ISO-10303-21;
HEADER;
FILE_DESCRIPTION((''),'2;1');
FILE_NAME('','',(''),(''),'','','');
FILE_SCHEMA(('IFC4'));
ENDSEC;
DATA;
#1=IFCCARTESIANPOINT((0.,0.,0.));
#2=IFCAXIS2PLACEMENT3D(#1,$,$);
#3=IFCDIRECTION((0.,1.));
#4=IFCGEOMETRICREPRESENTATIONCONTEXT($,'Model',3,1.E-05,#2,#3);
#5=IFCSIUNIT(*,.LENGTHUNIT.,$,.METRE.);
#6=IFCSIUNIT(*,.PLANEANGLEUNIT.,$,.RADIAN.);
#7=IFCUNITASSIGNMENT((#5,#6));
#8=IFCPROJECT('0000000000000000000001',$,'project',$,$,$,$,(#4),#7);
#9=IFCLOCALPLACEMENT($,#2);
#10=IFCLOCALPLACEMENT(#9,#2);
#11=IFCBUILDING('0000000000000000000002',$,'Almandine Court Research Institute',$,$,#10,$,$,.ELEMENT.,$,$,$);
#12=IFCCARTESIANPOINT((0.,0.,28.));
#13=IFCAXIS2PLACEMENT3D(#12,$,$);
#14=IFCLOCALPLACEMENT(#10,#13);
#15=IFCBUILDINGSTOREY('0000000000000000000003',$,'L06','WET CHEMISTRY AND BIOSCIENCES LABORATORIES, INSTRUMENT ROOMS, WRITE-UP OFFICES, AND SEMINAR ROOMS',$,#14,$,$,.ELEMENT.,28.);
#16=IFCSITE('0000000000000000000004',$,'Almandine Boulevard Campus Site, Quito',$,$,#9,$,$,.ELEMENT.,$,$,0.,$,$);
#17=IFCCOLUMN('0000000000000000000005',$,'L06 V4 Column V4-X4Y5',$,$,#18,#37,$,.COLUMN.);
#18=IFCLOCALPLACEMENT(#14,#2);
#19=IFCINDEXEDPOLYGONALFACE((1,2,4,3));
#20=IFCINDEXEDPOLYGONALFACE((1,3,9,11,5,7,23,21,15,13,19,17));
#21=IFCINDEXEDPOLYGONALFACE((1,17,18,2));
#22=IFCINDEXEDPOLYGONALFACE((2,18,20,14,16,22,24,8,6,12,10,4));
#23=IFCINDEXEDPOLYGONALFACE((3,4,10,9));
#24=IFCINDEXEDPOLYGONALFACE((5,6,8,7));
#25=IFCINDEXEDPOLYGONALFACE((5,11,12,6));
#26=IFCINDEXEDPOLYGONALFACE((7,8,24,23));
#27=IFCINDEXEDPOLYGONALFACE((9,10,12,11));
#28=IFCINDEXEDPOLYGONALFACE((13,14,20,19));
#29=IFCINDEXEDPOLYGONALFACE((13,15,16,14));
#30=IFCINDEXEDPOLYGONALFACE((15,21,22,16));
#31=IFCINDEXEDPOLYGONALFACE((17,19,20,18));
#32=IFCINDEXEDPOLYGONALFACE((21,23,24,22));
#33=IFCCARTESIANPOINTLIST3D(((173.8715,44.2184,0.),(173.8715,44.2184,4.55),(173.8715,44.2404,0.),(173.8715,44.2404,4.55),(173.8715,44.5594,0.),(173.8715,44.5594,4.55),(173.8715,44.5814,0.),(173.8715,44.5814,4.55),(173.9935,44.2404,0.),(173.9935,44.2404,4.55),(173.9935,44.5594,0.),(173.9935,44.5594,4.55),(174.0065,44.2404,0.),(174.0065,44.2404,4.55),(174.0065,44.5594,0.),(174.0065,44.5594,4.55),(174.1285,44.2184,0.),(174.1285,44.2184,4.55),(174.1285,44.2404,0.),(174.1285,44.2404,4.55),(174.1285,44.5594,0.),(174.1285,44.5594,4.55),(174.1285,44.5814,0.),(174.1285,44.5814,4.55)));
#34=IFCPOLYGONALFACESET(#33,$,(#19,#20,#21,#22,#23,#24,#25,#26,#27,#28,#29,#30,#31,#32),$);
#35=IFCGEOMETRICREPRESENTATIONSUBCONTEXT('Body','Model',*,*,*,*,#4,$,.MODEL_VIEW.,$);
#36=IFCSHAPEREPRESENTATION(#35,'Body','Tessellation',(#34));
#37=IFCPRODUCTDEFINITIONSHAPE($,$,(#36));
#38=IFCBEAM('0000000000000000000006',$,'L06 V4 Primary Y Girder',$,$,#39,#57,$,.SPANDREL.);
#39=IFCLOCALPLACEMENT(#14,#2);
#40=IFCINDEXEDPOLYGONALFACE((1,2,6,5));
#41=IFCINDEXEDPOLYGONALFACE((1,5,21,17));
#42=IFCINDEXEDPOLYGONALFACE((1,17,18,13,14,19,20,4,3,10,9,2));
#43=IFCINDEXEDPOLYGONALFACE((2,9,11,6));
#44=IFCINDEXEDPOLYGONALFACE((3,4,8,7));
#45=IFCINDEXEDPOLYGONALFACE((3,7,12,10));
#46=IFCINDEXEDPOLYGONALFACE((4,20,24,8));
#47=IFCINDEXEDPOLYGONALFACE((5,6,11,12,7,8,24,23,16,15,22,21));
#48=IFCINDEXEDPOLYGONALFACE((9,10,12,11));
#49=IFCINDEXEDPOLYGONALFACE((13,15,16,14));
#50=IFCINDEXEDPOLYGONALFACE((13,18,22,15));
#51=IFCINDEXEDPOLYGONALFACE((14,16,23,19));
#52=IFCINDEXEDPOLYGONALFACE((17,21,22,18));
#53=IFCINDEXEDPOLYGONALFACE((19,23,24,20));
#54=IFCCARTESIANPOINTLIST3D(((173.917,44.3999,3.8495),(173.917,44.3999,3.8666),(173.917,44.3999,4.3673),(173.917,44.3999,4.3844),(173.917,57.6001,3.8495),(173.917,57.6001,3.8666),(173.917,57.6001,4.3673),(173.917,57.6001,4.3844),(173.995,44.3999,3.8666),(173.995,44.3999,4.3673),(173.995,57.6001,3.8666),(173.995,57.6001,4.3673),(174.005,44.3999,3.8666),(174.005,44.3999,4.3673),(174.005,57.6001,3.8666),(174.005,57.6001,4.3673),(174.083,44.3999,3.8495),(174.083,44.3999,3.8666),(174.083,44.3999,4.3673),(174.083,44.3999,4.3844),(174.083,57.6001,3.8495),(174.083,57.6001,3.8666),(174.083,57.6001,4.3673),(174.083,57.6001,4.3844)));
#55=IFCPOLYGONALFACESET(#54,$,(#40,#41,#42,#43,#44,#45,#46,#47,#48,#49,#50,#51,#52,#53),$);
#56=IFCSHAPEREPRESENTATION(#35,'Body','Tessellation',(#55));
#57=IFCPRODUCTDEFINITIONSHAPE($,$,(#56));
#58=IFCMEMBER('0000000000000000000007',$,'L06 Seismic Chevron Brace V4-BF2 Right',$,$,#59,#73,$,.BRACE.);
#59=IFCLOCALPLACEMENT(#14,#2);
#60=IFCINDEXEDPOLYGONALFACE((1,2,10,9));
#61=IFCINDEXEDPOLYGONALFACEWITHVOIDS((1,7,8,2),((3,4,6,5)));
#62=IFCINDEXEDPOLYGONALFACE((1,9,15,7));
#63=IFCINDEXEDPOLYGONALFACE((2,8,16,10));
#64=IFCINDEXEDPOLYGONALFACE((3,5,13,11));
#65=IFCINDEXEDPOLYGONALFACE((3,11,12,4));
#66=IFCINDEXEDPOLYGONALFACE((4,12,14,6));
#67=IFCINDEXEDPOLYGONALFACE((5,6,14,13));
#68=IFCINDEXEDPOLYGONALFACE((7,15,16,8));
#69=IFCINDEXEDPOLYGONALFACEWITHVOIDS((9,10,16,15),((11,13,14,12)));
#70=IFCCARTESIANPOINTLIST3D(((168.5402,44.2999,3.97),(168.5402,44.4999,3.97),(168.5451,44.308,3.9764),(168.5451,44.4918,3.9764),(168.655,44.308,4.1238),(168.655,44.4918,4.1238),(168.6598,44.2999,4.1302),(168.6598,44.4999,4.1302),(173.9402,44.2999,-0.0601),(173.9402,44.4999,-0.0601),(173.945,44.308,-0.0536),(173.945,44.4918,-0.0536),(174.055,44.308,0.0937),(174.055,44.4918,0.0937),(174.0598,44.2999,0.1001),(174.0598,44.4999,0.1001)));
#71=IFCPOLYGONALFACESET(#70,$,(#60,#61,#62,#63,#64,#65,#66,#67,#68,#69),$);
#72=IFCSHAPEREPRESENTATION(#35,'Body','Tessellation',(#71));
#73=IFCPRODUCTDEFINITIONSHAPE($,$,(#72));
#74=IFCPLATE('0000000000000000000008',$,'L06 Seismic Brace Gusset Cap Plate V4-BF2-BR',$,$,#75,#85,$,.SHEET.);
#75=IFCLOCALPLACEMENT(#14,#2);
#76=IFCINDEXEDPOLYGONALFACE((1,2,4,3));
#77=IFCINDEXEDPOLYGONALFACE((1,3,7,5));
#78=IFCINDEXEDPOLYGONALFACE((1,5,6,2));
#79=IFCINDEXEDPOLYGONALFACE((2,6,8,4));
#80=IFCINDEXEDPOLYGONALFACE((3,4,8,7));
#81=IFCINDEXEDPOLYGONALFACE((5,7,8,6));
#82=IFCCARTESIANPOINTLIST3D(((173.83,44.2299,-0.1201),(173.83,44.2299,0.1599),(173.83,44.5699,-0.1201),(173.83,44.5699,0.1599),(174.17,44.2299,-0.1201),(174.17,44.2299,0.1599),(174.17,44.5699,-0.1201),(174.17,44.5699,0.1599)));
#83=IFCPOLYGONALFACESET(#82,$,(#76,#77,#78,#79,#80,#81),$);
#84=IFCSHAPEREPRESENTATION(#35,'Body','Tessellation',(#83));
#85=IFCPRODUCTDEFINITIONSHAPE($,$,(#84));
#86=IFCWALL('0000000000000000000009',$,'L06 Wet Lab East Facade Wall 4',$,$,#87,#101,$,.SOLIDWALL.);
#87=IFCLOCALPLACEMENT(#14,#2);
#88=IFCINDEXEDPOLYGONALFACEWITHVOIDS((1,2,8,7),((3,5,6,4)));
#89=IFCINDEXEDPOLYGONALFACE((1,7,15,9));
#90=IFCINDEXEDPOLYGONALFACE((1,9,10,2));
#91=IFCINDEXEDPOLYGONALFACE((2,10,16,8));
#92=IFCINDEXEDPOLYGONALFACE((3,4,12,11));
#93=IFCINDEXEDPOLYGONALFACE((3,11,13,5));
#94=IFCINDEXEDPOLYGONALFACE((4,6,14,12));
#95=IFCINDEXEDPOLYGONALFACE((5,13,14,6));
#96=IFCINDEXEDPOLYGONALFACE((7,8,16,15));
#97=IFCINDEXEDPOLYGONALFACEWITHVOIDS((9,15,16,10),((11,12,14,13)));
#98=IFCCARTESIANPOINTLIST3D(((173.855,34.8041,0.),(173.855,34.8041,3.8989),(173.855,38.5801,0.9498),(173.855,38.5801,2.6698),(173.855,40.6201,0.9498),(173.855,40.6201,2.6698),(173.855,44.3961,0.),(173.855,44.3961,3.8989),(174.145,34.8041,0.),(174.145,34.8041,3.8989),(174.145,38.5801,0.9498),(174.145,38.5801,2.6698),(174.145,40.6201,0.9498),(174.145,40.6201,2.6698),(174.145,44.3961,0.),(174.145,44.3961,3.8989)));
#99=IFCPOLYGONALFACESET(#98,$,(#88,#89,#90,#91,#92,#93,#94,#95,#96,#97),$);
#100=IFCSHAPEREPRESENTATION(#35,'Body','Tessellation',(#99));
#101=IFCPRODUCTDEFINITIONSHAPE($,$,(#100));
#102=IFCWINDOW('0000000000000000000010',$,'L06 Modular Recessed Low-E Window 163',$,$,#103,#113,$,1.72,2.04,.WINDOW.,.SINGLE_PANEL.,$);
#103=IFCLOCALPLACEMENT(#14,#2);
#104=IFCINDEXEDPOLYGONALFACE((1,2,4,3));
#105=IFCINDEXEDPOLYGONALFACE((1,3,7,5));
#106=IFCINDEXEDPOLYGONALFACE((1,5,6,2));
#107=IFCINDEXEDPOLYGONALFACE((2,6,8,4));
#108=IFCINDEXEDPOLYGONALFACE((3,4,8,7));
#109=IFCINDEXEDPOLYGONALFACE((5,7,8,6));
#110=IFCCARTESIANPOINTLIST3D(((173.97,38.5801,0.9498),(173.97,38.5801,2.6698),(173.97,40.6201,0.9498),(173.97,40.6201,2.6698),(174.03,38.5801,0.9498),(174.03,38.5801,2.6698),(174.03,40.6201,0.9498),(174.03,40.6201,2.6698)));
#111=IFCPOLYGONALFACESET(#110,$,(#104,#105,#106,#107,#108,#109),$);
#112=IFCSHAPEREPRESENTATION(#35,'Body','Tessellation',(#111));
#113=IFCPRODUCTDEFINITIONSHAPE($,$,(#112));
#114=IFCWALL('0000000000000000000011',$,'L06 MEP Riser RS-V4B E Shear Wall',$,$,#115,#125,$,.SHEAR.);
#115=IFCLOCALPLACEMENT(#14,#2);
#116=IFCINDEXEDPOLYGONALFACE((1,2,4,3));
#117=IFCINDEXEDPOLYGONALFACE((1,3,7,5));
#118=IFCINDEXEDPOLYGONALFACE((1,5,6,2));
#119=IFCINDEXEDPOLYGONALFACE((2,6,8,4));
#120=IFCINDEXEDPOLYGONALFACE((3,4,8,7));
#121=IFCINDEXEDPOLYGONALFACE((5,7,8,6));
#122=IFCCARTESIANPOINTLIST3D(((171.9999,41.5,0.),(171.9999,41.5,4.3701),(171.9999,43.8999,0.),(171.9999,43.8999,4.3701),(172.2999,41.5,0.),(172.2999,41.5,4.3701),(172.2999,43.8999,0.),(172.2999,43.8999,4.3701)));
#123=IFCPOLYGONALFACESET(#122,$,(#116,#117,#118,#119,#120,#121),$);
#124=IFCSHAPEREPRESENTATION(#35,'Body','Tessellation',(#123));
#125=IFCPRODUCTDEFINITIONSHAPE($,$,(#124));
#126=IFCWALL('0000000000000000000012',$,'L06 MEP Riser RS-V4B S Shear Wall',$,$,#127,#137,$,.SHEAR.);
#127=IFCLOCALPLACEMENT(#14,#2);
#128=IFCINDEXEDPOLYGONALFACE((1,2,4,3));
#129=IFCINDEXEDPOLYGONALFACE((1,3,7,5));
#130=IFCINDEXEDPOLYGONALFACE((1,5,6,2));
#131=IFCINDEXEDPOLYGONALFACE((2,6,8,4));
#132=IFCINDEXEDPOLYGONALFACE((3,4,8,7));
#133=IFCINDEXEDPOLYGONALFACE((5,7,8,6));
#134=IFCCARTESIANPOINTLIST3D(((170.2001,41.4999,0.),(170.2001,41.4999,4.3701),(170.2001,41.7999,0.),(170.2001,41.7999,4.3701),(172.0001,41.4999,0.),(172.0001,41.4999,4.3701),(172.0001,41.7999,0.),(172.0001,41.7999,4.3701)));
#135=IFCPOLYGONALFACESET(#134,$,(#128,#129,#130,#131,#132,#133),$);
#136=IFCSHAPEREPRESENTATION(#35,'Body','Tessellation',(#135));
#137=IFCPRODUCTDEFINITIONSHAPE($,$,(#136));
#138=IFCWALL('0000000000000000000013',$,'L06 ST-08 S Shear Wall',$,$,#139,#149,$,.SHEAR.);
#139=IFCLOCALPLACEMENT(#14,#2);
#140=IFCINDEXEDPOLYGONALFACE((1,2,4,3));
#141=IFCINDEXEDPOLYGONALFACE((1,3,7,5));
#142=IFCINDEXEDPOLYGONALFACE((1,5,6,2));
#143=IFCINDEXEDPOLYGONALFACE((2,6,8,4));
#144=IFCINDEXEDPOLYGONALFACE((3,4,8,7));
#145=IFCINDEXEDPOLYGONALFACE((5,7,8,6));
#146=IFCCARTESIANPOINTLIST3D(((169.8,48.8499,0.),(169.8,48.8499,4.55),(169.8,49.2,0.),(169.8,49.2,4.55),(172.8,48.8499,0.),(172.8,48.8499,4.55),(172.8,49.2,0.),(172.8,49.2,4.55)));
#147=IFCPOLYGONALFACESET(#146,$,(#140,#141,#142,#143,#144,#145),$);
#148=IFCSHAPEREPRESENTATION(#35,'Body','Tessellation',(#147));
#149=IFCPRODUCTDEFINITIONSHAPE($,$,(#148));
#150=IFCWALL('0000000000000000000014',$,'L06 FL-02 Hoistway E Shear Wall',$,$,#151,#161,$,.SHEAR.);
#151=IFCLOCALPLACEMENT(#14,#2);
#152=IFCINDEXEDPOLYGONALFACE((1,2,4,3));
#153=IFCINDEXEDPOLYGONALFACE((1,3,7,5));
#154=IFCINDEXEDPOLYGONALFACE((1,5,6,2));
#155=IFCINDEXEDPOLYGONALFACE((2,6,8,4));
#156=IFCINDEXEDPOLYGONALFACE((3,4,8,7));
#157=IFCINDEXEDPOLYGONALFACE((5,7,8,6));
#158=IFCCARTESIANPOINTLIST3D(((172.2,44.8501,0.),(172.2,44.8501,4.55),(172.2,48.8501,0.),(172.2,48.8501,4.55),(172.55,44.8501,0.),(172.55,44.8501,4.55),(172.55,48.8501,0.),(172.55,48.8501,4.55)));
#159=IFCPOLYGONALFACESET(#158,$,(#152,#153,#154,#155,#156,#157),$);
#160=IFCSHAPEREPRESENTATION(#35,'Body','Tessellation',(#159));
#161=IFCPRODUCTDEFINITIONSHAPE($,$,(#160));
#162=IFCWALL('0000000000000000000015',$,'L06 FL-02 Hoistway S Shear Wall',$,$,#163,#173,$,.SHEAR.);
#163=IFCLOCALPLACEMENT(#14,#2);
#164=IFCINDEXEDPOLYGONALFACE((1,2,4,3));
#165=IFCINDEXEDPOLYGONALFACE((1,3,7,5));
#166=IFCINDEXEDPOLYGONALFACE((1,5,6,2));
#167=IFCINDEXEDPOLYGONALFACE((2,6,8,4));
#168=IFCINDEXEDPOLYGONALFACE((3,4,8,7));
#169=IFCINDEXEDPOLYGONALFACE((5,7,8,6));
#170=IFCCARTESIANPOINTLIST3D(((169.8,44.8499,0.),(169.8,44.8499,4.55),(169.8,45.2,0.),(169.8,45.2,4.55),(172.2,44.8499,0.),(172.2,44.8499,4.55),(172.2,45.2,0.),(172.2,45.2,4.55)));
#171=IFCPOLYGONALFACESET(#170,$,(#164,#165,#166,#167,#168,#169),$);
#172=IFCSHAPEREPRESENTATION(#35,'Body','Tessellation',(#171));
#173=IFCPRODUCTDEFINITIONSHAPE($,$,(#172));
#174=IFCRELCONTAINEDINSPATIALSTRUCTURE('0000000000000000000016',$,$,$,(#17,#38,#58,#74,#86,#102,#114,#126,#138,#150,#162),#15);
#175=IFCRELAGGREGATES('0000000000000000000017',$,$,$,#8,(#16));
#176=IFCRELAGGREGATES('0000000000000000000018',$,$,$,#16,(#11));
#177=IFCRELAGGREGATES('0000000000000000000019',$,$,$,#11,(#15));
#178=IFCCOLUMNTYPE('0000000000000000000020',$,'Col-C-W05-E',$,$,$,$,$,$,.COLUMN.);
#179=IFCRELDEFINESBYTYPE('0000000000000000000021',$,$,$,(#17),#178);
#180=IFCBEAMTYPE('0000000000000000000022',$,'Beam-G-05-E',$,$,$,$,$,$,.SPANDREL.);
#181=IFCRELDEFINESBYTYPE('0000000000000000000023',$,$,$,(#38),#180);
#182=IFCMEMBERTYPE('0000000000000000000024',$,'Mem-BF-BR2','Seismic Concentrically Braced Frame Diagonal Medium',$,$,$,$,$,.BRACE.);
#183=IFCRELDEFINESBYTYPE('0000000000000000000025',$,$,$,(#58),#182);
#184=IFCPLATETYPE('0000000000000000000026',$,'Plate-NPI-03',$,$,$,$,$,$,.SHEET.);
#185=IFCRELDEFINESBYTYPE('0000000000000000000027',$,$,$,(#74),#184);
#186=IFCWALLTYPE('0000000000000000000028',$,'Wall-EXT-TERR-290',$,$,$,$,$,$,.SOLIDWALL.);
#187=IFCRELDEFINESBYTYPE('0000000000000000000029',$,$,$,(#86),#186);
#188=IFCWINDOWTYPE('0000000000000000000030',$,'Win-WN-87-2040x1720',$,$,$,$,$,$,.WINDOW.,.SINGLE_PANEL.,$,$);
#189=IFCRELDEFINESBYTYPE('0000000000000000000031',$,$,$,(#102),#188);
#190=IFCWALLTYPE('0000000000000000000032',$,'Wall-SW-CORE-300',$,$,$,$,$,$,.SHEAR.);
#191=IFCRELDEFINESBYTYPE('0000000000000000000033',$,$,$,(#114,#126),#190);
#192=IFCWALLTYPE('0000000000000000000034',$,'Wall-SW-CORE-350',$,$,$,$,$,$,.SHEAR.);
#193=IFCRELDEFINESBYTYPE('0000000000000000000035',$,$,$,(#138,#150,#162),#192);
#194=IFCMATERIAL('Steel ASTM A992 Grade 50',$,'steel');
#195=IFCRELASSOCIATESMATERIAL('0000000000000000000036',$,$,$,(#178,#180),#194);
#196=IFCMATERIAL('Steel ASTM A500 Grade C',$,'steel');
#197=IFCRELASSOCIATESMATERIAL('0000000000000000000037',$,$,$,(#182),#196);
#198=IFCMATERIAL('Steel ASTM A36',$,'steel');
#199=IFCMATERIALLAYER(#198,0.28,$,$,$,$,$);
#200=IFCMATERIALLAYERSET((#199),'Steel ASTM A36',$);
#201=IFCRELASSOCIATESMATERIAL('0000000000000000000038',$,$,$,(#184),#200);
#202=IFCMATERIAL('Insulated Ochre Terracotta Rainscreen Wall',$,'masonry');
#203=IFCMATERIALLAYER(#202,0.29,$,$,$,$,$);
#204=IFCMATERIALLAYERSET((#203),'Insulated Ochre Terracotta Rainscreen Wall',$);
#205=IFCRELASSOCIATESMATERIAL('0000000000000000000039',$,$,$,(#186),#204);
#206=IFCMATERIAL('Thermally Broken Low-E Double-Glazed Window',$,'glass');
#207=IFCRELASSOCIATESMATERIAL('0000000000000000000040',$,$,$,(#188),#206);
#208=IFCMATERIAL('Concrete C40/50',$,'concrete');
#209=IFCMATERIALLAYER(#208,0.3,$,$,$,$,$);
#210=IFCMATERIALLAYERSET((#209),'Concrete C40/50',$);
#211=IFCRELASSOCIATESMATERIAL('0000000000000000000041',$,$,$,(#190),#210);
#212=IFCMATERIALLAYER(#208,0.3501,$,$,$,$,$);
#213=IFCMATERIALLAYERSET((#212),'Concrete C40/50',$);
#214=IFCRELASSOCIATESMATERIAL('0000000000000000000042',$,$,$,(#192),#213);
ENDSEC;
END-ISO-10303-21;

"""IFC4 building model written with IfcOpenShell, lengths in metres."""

from ifc_helpers import new_model, si_unit, direction, frame, frame_2d, origin, origin_2d, place, context, subcontext, project, spatial, rectangle, hollow_rectangle, i_section, extrude, material, layer, layer_set, material_profile, profile_set, type_object, element, fill, save


model = new_model("IFC4")

# Units and contexts
model_context = context("Model", 3, precision=1e-05, world=origin(), true_north=direction((0.0, 1.0)))
body_context = subcontext(model_context, "Body", "Model", "MODEL_VIEW")
ifc_project = project(units=[si_unit("LENGTHUNIT", "METRE"), si_unit("PLANEANGLEUNIT", "RADIAN")], contexts=[model_context])

# Site, building, storey
site_placement = place(None, origin())
site = spatial("IfcSite", under=ifc_project, at=site_placement, Name="Almandine Boulevard Campus Site, Quito", CompositionType="ELEMENT", RefElevation=0.0)
building_placement = place(site_placement, origin())
building = spatial("IfcBuilding", under=site, at=building_placement, Name="Almandine Court Research Institute", CompositionType="ELEMENT")
storey_placement = place(building_placement, frame((0.0, 0.0, 28.0)))
storey = spatial("IfcBuildingStorey", under=building, at=storey_placement, Name="L06", Description="WET CHEMISTRY AND BIOSCIENCES LABORATORIES, INSTRUMENT ROOMS, WRITE-UP OFFICES, AND SEMINAR ROOMS", CompositionType="ELEMENT", Elevation=28.0)

# Column
ifc_material_1 = material(Name="Steel ASTM A992 Grade 50", Category="steel")
ifc_material_profile_1 = material_profile(ifc_material_1, i_section(OverallWidth=0.2571, OverallDepth=0.363, WebThickness=0.0129, FlangeThickness=0.022, at=origin_2d()), Name="W360x122")
ifc_profile_set_1 = profile_set([ifc_material_profile_1], Name="Steel ASTM A992 Grade 50")
column_type = type_object("IfcColumnType", Name="Col-C-W05-E", PredefinedType="COLUMN", material=ifc_profile_set_1)
column_placement = place(storey_placement, frame((174.0, 44.3999, 0.0), z_axis=(0.0, 0.0, 1.0), x_axis=(1.0, 0.0, 0.0)))
element("IfcColumn", 1, at=column_placement, inside=storey, type_object=column_type, Name="L06 V4 Column V4-X4Y5", PredefinedType="COLUMN", context=body_context, shape_type="SweptSolid", body=[
    extrude(i_section(OverallWidth=0.2571, OverallDepth=0.363, WebThickness=0.0129, FlangeThickness=0.022, at=origin_2d()), origin(), (0.0, 0.0, 1.0), 4.55),
])

# Beam
ifc_material_profile_2 = material_profile(ifc_material_1, i_section(OverallWidth=0.166, OverallDepth=0.5349, WebThickness=0.01, FlangeThickness=0.0171, at=origin_2d()), Name="W530x85")
ifc_profile_set_2 = profile_set([ifc_material_profile_2], Name="Steel ASTM A992 Grade 50")
beam_type = type_object("IfcBeamType", Name="Beam-G-05-E", PredefinedType="SPANDREL", material=ifc_profile_set_2)
beam_placement = place(storey_placement, frame((174.0, 44.3999, 4.1169), z_axis=(0.0, 1.0, 0.0), x_axis=(-1.0, 0.0, 0.0)))
element("IfcBeam", 2, at=beam_placement, inside=storey, type_object=beam_type, Name="L06 V4 Primary Y Girder", PredefinedType="SPANDREL", context=body_context, shape_type="SweptSolid", body=[
    extrude(i_section(OverallWidth=0.166, OverallDepth=0.5349, WebThickness=0.01, FlangeThickness=0.0171, at=origin_2d()), origin(), (0.0, 0.0, 1.0), 13.2002),
])

# Member
ifc_material_2 = material(Name="Steel ASTM A500 Grade C", Category="steel")
ifc_material_profile_3 = material_profile(ifc_material_2, hollow_rectangle(XDim=0.2, YDim=0.2, WallThickness=0.0081, at=origin_2d()), Name="HSS 200x200x8")
ifc_profile_set_3 = profile_set([ifc_material_profile_3], Name="Steel ASTM A500 Grade C")
member_type = type_object("IfcMemberType", Name="Mem-BF-BR2", Description="Seismic Concentrically Braced Frame Diagonal Medium", PredefinedType="BRACE", material=ifc_profile_set_3)
member_placement = place(storey_placement, frame((174.0, 44.3999, 0.02), z_axis=(-0.801415, 0.0, 0.598108), x_axis=(0.0, -1.0, 0.0)))
element("IfcMember", 3, at=member_placement, inside=storey, type_object=member_type, Name="L06 Seismic Chevron Brace V4-BF2 Right", PredefinedType="BRACE", context=body_context, shape_type="SweptSolid", body=[
    extrude(hollow_rectangle(XDim=0.2, YDim=0.2, WallThickness=0.0081, at=origin_2d()), origin(), (0.0, 0.0, 1.0), 6.738),
])

# Plate
ifc_material_3 = material(Name="Steel ASTM A36", Category="steel")
ifc_layer_1 = layer(ifc_material_3, 0.28)
ifc_layer_set_1 = layer_set([ifc_layer_1], Name="Steel ASTM A36")
plate_type = type_object("IfcPlateType", Name="Plate-NPI-03", PredefinedType="SHEET", material=ifc_layer_set_1)
plate_placement = place(storey_placement, frame((174.0, 44.3999, -0.1201), z_axis=(0.0, 0.0, 1.0), x_axis=(1.0, 0.0, 0.0)))
element("IfcPlate", 4, at=plate_placement, inside=storey, type_object=plate_type, Name="L06 Seismic Brace Gusset Cap Plate V4-BF2-BR", PredefinedType="SHEET", context=body_context, shape_type="SweptSolid", body=[
    extrude(rectangle(XDim=0.3401, YDim=0.3401, at=origin_2d()), origin(), (0.0, 0.0, 1.0), 0.28),
])

# Wall, opening, window
ifc_material_4 = material(Name="Insulated Ochre Terracotta Rainscreen Wall", Category="masonry")
ifc_layer_2 = layer(ifc_material_4, 0.29)
ifc_layer_set_2 = layer_set([ifc_layer_2], Name="Insulated Ochre Terracotta Rainscreen Wall")
wall_type_1 = type_object("IfcWallType", Name="Wall-EXT-TERR-290", PredefinedType="SOLIDWALL", material=ifc_layer_set_2)
wall_1_placement = place(storey_placement, frame((174.0, 44.396, 0.0), z_axis=(0.0, 0.0, 1.0), x_axis=(0.0, -1.0, 0.0)))
wall_1 = element("IfcWall", 5, at=wall_1_placement, inside=storey, type_object=wall_type_1, Name="L06 Wet Lab East Facade Wall 4", PredefinedType="SOLIDWALL", context=body_context, shape_type="SweptSolid", body=[
    extrude(rectangle(XDim=9.592, YDim=0.29, at=frame_2d((4.7959, 0.0))), origin(), (0.0, 0.0, 1.0), 3.8989),
])
opening_placement = place(wall_1_placement, frame((3.7759, 0.0, 0.95)))
opening = element("IfcOpeningElement", 6, at=opening_placement, cuts=wall_1, PredefinedType="OPENING", context=body_context, shape_type="SweptSolid", body=[
    extrude(rectangle(XDim=2.04, YDim=1.72, at=frame_2d((1.02, 0.8599))), frame((0.0, 0.155, 0.0), z_axis=(0.0, -1.0, 0.0), x_axis=(1.0, 0.0, 0.0)), (0.0, 0.0, 1.0), 0.3101),
])
ifc_material_5 = material(Name="Thermally Broken Low-E Double-Glazed Window", Category="glass")
window_type = type_object("IfcWindowType", Name="Win-WN-87-2040x1720", PartitioningType="SINGLE_PANEL", PredefinedType="WINDOW", material=ifc_material_5)
window_placement = place(opening_placement, origin())
window = element("IfcWindow", 7, at=window_placement, inside=storey, type_object=window_type, Name="L06 Modular Recessed Low-E Window 163", OverallHeight=1.72, OverallWidth=2.04, PartitioningType="SINGLE_PANEL", PredefinedType="WINDOW", context=body_context, shape_type="SweptSolid", body=[
    extrude(rectangle(XDim=2.04, YDim=1.72, at=frame_2d((1.02, 0.8599))), frame((0.0, 0.03, 0.0), z_axis=(0.0, -1.0, 0.0), x_axis=(1.0, 0.0, 0.0)), (0.0, 0.0, 1.0), 0.0601),
])
fill(opening, window)

# Walls
ifc_material_6 = material(Name="Concrete C40/50", Category="concrete")
ifc_layer_3 = layer(ifc_material_6, 0.3)
ifc_layer_set_3 = layer_set([ifc_layer_3], Name="Concrete C40/50")
wall_type_2 = type_object("IfcWallType", Name="Wall-SW-CORE-300", PredefinedType="SHEAR", material=ifc_layer_set_3)
wall_2_placement = place(storey_placement, frame((172.1499, 43.8999, 0.0), z_axis=(0.0, 0.0, 1.0), x_axis=(0.0, -1.0, 0.0)))
element("IfcWall", 8, at=wall_2_placement, inside=storey, type_object=wall_type_2, Name="L06 MEP Riser RS-V4B E Shear Wall", PredefinedType="SHEAR", context=body_context, shape_type="SweptSolid", body=[
    extrude(rectangle(XDim=2.3999, YDim=0.3, at=frame_2d((1.2, 0.0))), origin(), (0.0, 0.0, 1.0), 4.3701),
])
wall_3_placement = place(storey_placement, frame((172.0, 41.6499, 0.0), z_axis=(0.0, 0.0, 1.0), x_axis=(-1.0, 0.0, 0.0)))
element("IfcWall", 9, at=wall_3_placement, inside=storey, type_object=wall_type_2, Name="L06 MEP Riser RS-V4B S Shear Wall", PredefinedType="SHEAR", context=body_context, shape_type="SweptSolid", body=[
    extrude(rectangle(XDim=1.8, YDim=0.3, at=frame_2d((0.8999, 0.0))), origin(), (0.0, 0.0, 1.0), 4.3701),
])
ifc_layer_4 = layer(ifc_material_6, 0.3501)
ifc_layer_set_4 = layer_set([ifc_layer_4], Name="Concrete C40/50")
wall_type_3 = type_object("IfcWallType", Name="Wall-SW-CORE-350", PredefinedType="SHEAR", material=ifc_layer_set_4)
wall_4_placement = place(storey_placement, frame((172.8, 49.0249, 0.0), z_axis=(0.0, 0.0, 1.0), x_axis=(-1.0, 0.0, 0.0)))
element("IfcWall", 10, at=wall_4_placement, inside=storey, type_object=wall_type_3, Name="L06 ST-08 S Shear Wall", PredefinedType="SHEAR", context=body_context, shape_type="SweptSolid", body=[
    extrude(rectangle(XDim=3.0, YDim=0.3501, at=frame_2d((1.5, 0.0))), origin(), (0.0, 0.0, 1.0), 4.55),
])
wall_5_placement = place(storey_placement, frame((172.375, 48.8501, 0.0), z_axis=(0.0, 0.0, 1.0), x_axis=(0.0, -1.0, 0.0)))
element("IfcWall", 11, at=wall_5_placement, inside=storey, type_object=wall_type_3, Name="L06 FL-02 Hoistway E Shear Wall", PredefinedType="SHEAR", context=body_context, shape_type="SweptSolid", body=[
    extrude(rectangle(XDim=4.0, YDim=0.3501, at=frame_2d((2.0, 0.0))), origin(), (0.0, 0.0, 1.0), 4.55),
])
wall_6_placement = place(storey_placement, frame((172.2, 45.0249, 0.0), z_axis=(0.0, 0.0, 1.0), x_axis=(-1.0, 0.0, 0.0)))
element("IfcWall", 12, at=wall_6_placement, inside=storey, type_object=wall_type_3, Name="L06 FL-02 Hoistway S Shear Wall", PredefinedType="SHEAR", context=body_context, shape_type="SweptSolid", body=[
    extrude(rectangle(XDim=2.3999, YDim=0.3501, at=frame_2d((1.2, 0.0))), origin(), (0.0, 0.0, 1.0), 4.55),
])

save(model, "model.ifc")
